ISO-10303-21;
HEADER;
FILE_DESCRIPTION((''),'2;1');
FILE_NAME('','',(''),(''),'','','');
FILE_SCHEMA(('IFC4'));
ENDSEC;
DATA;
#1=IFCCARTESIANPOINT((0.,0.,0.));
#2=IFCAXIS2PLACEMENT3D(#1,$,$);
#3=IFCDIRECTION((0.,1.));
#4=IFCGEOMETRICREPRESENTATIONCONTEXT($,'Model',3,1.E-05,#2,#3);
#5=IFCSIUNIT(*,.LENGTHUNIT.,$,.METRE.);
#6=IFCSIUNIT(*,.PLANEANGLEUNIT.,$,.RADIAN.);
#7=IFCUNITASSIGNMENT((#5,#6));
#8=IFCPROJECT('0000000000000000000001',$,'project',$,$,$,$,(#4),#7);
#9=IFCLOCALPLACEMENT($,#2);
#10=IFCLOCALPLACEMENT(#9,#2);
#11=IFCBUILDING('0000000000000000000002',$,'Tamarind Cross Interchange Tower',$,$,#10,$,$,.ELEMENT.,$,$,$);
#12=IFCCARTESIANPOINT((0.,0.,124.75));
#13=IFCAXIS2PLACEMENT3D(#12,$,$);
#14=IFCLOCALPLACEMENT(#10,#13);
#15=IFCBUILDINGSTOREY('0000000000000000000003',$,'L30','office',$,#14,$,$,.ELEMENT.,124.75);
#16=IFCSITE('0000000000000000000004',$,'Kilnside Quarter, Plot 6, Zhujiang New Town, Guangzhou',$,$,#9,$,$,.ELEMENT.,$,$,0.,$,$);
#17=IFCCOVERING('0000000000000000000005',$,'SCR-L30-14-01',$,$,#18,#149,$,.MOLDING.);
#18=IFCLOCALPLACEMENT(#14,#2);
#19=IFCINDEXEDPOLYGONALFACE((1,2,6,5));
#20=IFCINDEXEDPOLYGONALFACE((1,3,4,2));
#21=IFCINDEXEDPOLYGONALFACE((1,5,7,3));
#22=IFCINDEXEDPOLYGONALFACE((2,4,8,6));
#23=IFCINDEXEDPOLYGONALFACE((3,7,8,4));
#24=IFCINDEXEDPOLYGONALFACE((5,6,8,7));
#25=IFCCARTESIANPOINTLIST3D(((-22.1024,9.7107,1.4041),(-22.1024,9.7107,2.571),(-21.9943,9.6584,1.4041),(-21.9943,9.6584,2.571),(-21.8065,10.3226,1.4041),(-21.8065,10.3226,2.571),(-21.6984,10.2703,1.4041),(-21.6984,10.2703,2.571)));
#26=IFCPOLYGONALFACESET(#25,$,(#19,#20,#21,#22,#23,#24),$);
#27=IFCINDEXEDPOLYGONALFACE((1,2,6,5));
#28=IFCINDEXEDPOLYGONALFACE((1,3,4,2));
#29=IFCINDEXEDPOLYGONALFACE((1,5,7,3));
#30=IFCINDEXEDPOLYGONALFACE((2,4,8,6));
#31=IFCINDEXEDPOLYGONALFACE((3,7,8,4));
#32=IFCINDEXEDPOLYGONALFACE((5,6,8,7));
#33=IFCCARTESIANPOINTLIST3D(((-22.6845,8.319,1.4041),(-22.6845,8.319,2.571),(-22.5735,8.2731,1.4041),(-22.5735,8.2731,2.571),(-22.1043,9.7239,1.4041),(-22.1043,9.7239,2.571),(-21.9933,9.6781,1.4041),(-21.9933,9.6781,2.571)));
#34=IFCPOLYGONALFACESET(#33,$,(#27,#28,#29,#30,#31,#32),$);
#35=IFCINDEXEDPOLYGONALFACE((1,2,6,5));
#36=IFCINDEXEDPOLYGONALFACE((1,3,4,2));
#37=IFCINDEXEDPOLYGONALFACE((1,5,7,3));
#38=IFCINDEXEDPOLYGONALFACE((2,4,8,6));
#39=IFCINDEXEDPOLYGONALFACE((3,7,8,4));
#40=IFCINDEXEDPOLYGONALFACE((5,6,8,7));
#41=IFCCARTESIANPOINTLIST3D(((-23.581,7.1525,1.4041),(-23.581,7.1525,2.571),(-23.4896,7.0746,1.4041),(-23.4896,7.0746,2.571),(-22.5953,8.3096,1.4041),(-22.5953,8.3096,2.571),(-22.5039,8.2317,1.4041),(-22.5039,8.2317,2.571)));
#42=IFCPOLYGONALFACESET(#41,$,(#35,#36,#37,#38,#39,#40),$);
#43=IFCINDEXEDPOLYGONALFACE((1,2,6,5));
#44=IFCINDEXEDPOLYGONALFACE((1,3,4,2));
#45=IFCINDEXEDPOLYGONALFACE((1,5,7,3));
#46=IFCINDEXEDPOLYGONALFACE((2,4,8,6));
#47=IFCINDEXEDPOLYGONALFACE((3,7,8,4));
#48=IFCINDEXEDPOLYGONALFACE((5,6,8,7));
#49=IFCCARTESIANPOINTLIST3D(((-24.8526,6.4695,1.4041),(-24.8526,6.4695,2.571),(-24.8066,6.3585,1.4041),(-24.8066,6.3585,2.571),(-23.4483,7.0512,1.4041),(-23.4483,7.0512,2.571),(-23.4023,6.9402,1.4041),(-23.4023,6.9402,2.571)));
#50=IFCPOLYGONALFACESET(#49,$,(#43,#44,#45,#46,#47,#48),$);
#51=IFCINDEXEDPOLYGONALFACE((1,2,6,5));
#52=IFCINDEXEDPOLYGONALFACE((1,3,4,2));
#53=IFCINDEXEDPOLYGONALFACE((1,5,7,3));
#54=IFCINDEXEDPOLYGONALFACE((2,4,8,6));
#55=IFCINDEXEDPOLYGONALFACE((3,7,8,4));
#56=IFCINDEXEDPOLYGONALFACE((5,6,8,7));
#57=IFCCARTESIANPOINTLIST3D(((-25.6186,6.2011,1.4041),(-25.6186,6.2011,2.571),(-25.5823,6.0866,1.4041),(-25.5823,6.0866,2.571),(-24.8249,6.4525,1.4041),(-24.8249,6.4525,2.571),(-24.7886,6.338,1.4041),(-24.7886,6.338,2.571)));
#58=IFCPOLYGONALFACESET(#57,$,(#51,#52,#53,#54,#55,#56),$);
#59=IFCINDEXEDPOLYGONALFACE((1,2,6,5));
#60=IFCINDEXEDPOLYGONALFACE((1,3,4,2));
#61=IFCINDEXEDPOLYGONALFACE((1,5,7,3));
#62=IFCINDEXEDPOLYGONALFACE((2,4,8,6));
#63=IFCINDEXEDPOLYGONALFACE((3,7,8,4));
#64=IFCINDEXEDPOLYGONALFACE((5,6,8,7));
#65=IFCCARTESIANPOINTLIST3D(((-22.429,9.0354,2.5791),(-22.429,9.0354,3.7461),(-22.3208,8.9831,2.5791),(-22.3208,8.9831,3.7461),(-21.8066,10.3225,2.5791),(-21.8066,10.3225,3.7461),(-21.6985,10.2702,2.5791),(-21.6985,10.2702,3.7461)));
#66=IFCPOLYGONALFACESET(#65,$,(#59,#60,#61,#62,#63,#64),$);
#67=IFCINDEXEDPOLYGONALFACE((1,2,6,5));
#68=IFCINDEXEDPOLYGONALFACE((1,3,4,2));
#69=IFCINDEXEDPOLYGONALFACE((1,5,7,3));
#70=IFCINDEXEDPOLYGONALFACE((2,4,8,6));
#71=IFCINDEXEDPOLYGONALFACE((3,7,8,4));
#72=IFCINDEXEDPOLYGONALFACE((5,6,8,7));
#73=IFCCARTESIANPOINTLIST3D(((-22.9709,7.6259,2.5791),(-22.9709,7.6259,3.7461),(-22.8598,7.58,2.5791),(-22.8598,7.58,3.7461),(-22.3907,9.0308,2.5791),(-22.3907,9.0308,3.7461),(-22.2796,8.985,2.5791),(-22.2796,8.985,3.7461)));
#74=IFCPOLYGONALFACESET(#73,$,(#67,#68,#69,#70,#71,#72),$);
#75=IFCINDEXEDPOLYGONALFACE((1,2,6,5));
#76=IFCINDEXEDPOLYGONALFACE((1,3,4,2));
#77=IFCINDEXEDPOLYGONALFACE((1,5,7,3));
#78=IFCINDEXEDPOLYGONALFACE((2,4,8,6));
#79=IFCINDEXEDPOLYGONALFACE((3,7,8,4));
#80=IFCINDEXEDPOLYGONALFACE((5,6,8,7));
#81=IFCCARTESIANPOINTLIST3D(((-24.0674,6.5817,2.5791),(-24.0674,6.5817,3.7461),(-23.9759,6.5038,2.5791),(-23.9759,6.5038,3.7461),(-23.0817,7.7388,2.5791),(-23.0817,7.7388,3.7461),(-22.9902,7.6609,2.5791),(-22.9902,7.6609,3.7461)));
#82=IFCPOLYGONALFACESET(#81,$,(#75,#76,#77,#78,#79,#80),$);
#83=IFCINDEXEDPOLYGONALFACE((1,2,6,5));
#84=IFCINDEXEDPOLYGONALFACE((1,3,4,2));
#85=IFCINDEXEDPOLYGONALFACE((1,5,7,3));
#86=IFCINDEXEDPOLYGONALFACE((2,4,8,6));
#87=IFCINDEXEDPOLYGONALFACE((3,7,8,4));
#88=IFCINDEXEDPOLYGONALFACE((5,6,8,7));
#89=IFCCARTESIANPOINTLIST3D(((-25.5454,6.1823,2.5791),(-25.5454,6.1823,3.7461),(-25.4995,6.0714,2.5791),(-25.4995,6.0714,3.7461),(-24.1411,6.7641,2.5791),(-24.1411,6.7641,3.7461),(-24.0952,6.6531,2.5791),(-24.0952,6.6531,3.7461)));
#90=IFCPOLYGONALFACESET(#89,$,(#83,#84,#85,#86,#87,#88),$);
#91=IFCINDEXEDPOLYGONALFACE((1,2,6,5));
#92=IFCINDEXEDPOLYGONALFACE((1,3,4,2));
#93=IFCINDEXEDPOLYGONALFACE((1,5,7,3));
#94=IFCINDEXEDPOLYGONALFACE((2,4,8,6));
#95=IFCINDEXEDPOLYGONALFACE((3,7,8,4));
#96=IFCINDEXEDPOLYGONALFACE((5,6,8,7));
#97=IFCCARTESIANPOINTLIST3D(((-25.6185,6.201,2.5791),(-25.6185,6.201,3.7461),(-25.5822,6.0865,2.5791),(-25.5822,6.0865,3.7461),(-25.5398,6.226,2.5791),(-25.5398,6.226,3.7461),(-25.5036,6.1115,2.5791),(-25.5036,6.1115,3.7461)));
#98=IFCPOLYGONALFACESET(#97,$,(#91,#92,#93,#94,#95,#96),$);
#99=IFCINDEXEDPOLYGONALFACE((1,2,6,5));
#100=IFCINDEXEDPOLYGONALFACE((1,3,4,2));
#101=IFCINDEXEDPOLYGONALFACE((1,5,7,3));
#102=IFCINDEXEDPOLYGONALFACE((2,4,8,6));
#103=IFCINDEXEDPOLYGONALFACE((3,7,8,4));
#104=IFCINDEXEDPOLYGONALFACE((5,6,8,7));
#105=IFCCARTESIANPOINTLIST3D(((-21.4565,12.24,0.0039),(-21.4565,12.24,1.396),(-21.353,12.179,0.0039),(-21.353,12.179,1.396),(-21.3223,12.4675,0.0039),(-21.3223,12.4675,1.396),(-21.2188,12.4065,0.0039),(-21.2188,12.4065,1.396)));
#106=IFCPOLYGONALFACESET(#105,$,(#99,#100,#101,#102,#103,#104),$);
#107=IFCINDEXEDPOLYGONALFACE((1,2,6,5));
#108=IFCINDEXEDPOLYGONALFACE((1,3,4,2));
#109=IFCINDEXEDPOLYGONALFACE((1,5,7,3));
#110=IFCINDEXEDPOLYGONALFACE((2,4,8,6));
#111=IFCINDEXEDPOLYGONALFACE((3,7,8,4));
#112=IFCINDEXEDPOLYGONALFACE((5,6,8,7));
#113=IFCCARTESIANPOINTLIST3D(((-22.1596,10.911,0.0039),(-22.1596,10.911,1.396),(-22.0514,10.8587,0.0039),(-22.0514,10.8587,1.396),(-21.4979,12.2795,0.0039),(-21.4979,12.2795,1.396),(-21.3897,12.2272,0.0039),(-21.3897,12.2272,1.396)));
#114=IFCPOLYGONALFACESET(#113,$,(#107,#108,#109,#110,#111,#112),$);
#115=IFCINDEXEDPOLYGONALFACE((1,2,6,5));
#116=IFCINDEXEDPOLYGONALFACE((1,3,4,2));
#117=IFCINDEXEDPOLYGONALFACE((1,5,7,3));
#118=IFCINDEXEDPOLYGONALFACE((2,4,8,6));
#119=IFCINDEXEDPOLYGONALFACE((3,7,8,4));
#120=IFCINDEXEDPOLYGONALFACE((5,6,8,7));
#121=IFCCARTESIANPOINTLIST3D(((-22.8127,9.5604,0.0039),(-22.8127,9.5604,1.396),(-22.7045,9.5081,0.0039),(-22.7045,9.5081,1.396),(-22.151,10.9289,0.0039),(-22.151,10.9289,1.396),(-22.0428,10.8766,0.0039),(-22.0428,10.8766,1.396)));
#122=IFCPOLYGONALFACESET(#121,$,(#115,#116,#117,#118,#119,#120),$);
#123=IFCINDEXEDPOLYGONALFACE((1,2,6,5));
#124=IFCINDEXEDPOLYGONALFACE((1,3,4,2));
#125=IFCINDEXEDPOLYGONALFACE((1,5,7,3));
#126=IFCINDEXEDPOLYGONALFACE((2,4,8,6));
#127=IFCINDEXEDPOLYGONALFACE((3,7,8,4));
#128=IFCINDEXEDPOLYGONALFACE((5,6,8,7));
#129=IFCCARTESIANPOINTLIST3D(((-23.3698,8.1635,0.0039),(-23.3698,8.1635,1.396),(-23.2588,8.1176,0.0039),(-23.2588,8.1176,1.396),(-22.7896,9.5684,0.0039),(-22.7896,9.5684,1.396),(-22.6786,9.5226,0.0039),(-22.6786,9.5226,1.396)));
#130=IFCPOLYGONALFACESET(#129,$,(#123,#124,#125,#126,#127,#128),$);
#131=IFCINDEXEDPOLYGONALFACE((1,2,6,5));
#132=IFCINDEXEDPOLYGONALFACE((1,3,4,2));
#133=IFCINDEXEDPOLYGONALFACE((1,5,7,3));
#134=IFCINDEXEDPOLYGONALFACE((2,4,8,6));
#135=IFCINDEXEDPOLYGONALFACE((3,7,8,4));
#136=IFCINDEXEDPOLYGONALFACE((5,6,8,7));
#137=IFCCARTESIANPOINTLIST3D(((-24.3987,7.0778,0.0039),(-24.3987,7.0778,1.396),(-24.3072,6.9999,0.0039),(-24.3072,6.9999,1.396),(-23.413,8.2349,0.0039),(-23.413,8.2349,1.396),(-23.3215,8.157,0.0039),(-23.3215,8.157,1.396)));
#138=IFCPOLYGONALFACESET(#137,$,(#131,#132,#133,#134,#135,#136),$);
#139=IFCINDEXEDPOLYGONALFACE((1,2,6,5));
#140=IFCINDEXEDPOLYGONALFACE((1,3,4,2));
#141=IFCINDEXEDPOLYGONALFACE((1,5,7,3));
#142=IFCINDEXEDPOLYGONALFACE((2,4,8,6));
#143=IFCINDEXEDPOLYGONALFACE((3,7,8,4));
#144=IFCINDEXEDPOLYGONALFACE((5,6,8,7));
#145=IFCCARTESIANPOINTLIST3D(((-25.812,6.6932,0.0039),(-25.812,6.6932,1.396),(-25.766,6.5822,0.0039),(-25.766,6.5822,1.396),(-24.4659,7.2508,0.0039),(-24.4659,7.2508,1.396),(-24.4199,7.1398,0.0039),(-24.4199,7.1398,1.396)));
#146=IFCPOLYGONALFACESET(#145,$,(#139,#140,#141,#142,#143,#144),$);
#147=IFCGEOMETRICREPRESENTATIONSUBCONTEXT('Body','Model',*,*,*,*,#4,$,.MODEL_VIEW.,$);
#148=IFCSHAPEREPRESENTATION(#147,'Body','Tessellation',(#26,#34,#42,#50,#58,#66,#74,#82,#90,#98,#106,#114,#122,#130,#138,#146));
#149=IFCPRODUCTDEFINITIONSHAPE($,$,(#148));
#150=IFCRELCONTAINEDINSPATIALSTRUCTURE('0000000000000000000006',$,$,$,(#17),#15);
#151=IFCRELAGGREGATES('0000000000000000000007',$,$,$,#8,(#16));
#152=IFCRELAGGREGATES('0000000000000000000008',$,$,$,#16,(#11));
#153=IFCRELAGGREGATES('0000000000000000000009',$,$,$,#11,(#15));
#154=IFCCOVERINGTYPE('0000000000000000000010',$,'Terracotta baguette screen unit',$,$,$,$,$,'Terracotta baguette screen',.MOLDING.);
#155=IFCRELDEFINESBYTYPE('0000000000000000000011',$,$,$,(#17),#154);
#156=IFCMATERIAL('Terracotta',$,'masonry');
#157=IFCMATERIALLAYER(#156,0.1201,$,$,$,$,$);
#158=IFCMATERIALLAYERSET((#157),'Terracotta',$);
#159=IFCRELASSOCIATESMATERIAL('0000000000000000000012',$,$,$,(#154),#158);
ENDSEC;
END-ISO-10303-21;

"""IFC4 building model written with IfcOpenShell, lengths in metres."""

from ifc_helpers import new_model, si_unit, direction, frame, origin, origin_2d, place, context, subcontext, project, spatial, rectangle, extrude, material, layer, layer_set, type_object, element, save


model = new_model("IFC4")

# Units and contexts
model_context = context("Model", 3, precision=1e-05, world=origin(), true_north=direction((0.0, 1.0)))
body_context = subcontext(model_context, "Body", "Model", "MODEL_VIEW")
ifc_project = project(units=[si_unit("LENGTHUNIT", "METRE"), si_unit("PLANEANGLEUNIT", "RADIAN")], contexts=[model_context])

# Site, building, storey
site_placement = place(None, origin())
site = spatial("IfcSite", under=ifc_project, at=site_placement, Name="Kilnside Quarter, Plot 6, Zhujiang New Town, Guangzhou", CompositionType="ELEMENT", RefElevation=0.0)
building_placement = place(site_placement, origin())
building = spatial("IfcBuilding", under=site, at=building_placement, Name="Tamarind Cross Interchange Tower", CompositionType="ELEMENT")
storey_placement = place(building_placement, frame((0.0, 0.0, 124.75)))
storey = spatial("IfcBuildingStorey", under=building, at=storey_placement, Name="L30", Description="office", CompositionType="ELEMENT", Elevation=124.75)

# Covering
ifc_material_1 = material(Name="Terracotta", Category="masonry")
ifc_layer_1 = layer(ifc_material_1, 0.1201)
ifc_layer_set_1 = layer_set([ifc_layer_1], Name="Terracotta")
covering_type = type_object("IfcCoveringType", Name="Terracotta baguette screen unit", ElementType="Terracotta baguette screen", PredefinedType="MOLDING", material=ifc_layer_set_1)
covering_1_placement = place(storey_placement, origin())
element("IfcCovering", 1, at=covering_1_placement, inside=storey, type_object=covering_type, Name="SCR-L30-14-01", PredefinedType="MOLDING", context=body_context, shape_type="SweptSolid", body=[
    extrude(rectangle(XDim=0.6797, YDim=0.1201, at=origin_2d()), frame((-21.9004, 9.9905, 1.4041), z_axis=(0.0, 0.0, 1.0), x_axis=(-0.435326, -0.900273, 0.0)), (0.0, 0.0, 1.0), 1.167),
    extrude(rectangle(XDim=1.52, YDim=0.1201, at=origin_2d()), frame((-22.3389, 8.9985, 1.4041), z_axis=(0.0, 0.0, 1.0), x_axis=(-0.381712, -0.924281, 0.0)), (0.0, 0.0, 1.0), 1.167),
    extrude(rectangle(XDim=1.52, YDim=0.1201, at=origin_2d()), frame((-23.0425, 7.6921, 1.4041), z_axis=(0.0, 0.0, 1.0), x_axis=(-0.648479, -0.761233, 0.0)), (0.0, 0.0, 1.0), 1.167),
    extrude(rectangle(XDim=1.52, YDim=0.1201, at=origin_2d()), frame((-24.1274, 6.7048, 1.4041), z_axis=(0.0, 0.0, 1.0), x_axis=(-0.923869, -0.382708, 0.0)), (0.0, 0.0, 1.0), 1.167),
    extrude(rectangle(XDim=0.8325, YDim=0.1201, at=origin_2d()), frame((-25.2036, 6.2695, 1.4041), z_axis=(0.0, 0.0, 1.0), x_axis=(-0.953321, -0.301957, 0.0)), (0.0, 0.0, 1.0), 1.167),
    extrude(rectangle(XDim=1.4297, YDim=0.1201, at=origin_2d()), frame((-22.0637, 9.6528, 2.5791), z_axis=(0.0, 0.0, 1.0), x_axis=(-0.435326, -0.900273, 0.0)), (0.0, 0.0, 1.0), 1.167),
    extrude(rectangle(XDim=1.52, YDim=0.1201, at=origin_2d()), frame((-22.6252, 8.3054, 2.5791), z_axis=(0.0, 0.0, 1.0), x_axis=(-0.381712, -0.924281, 0.0)), (0.0, 0.0, 1.0), 1.167),
    extrude(rectangle(XDim=1.52, YDim=0.1201, at=origin_2d()), frame((-23.5288, 7.1213, 2.5791), z_axis=(0.0, 0.0, 1.0), x_axis=(-0.648479, -0.761233, 0.0)), (0.0, 0.0, 1.0), 1.167),
    extrude(rectangle(XDim=1.52, YDim=0.1201, at=origin_2d()), frame((-24.8203, 6.4177, 2.5791), z_axis=(0.0, 0.0, 1.0), x_axis=(-0.923869, -0.382708, 0.0)), (0.0, 0.0, 1.0), 1.167),
    extrude(rectangle(XDim=0.0825, YDim=0.1201, at=origin_2d()), frame((-25.561, 6.1562, 2.5791), z_axis=(0.0, 0.0, 1.0), x_axis=(-0.953321, -0.301957, 0.0)), (0.0, 0.0, 1.0), 1.167),
    extrude(rectangle(XDim=0.2642, YDim=0.1201, at=origin_2d()), frame((-21.3376, 12.3232, 0.0039), z_axis=(0.0, 0.0, 1.0), x_axis=(-0.508183, -0.861249, 0.0)), (0.0, 0.0, 1.0), 1.3921),
    extrude(rectangle(XDim=1.52, YDim=0.1201, at=origin_2d()), frame((-21.7747, 11.5691, 0.0039), z_axis=(0.0, 0.0, 1.0), x_axis=(-0.435326, -0.900273, 0.0)), (0.0, 0.0, 1.0), 1.3921),
    extrude(rectangle(XDim=1.52, YDim=0.1201, at=origin_2d()), frame((-22.4277, 10.2185, 0.0039), z_axis=(0.0, 0.0, 1.0), x_axis=(-0.435326, -0.900273, 0.0)), (0.0, 0.0, 1.0), 1.3921),
    extrude(rectangle(XDim=1.52, YDim=0.1201, at=origin_2d()), frame((-23.0242, 8.843, 0.0039), z_axis=(0.0, 0.0, 1.0), x_axis=(-0.381712, -0.924281, 0.0)), (0.0, 0.0, 1.0), 1.3921),
    extrude(rectangle(XDim=1.52, YDim=0.1201, at=origin_2d()), frame((-23.8601, 7.6174, 0.0039), z_axis=(0.0, 0.0, 1.0), x_axis=(-0.648479, -0.761233, 0.0)), (0.0, 0.0, 1.0), 1.3921),
    extrude(rectangle(XDim=1.457, YDim=0.1201, at=origin_2d()), frame((-25.116, 6.9165, 0.0039), z_axis=(0.0, 0.0, 1.0), x_axis=(-0.923869, -0.382708, 0.0)), (0.0, 0.0, 1.0), 1.3921),
])

save(model, "model.ifc")
